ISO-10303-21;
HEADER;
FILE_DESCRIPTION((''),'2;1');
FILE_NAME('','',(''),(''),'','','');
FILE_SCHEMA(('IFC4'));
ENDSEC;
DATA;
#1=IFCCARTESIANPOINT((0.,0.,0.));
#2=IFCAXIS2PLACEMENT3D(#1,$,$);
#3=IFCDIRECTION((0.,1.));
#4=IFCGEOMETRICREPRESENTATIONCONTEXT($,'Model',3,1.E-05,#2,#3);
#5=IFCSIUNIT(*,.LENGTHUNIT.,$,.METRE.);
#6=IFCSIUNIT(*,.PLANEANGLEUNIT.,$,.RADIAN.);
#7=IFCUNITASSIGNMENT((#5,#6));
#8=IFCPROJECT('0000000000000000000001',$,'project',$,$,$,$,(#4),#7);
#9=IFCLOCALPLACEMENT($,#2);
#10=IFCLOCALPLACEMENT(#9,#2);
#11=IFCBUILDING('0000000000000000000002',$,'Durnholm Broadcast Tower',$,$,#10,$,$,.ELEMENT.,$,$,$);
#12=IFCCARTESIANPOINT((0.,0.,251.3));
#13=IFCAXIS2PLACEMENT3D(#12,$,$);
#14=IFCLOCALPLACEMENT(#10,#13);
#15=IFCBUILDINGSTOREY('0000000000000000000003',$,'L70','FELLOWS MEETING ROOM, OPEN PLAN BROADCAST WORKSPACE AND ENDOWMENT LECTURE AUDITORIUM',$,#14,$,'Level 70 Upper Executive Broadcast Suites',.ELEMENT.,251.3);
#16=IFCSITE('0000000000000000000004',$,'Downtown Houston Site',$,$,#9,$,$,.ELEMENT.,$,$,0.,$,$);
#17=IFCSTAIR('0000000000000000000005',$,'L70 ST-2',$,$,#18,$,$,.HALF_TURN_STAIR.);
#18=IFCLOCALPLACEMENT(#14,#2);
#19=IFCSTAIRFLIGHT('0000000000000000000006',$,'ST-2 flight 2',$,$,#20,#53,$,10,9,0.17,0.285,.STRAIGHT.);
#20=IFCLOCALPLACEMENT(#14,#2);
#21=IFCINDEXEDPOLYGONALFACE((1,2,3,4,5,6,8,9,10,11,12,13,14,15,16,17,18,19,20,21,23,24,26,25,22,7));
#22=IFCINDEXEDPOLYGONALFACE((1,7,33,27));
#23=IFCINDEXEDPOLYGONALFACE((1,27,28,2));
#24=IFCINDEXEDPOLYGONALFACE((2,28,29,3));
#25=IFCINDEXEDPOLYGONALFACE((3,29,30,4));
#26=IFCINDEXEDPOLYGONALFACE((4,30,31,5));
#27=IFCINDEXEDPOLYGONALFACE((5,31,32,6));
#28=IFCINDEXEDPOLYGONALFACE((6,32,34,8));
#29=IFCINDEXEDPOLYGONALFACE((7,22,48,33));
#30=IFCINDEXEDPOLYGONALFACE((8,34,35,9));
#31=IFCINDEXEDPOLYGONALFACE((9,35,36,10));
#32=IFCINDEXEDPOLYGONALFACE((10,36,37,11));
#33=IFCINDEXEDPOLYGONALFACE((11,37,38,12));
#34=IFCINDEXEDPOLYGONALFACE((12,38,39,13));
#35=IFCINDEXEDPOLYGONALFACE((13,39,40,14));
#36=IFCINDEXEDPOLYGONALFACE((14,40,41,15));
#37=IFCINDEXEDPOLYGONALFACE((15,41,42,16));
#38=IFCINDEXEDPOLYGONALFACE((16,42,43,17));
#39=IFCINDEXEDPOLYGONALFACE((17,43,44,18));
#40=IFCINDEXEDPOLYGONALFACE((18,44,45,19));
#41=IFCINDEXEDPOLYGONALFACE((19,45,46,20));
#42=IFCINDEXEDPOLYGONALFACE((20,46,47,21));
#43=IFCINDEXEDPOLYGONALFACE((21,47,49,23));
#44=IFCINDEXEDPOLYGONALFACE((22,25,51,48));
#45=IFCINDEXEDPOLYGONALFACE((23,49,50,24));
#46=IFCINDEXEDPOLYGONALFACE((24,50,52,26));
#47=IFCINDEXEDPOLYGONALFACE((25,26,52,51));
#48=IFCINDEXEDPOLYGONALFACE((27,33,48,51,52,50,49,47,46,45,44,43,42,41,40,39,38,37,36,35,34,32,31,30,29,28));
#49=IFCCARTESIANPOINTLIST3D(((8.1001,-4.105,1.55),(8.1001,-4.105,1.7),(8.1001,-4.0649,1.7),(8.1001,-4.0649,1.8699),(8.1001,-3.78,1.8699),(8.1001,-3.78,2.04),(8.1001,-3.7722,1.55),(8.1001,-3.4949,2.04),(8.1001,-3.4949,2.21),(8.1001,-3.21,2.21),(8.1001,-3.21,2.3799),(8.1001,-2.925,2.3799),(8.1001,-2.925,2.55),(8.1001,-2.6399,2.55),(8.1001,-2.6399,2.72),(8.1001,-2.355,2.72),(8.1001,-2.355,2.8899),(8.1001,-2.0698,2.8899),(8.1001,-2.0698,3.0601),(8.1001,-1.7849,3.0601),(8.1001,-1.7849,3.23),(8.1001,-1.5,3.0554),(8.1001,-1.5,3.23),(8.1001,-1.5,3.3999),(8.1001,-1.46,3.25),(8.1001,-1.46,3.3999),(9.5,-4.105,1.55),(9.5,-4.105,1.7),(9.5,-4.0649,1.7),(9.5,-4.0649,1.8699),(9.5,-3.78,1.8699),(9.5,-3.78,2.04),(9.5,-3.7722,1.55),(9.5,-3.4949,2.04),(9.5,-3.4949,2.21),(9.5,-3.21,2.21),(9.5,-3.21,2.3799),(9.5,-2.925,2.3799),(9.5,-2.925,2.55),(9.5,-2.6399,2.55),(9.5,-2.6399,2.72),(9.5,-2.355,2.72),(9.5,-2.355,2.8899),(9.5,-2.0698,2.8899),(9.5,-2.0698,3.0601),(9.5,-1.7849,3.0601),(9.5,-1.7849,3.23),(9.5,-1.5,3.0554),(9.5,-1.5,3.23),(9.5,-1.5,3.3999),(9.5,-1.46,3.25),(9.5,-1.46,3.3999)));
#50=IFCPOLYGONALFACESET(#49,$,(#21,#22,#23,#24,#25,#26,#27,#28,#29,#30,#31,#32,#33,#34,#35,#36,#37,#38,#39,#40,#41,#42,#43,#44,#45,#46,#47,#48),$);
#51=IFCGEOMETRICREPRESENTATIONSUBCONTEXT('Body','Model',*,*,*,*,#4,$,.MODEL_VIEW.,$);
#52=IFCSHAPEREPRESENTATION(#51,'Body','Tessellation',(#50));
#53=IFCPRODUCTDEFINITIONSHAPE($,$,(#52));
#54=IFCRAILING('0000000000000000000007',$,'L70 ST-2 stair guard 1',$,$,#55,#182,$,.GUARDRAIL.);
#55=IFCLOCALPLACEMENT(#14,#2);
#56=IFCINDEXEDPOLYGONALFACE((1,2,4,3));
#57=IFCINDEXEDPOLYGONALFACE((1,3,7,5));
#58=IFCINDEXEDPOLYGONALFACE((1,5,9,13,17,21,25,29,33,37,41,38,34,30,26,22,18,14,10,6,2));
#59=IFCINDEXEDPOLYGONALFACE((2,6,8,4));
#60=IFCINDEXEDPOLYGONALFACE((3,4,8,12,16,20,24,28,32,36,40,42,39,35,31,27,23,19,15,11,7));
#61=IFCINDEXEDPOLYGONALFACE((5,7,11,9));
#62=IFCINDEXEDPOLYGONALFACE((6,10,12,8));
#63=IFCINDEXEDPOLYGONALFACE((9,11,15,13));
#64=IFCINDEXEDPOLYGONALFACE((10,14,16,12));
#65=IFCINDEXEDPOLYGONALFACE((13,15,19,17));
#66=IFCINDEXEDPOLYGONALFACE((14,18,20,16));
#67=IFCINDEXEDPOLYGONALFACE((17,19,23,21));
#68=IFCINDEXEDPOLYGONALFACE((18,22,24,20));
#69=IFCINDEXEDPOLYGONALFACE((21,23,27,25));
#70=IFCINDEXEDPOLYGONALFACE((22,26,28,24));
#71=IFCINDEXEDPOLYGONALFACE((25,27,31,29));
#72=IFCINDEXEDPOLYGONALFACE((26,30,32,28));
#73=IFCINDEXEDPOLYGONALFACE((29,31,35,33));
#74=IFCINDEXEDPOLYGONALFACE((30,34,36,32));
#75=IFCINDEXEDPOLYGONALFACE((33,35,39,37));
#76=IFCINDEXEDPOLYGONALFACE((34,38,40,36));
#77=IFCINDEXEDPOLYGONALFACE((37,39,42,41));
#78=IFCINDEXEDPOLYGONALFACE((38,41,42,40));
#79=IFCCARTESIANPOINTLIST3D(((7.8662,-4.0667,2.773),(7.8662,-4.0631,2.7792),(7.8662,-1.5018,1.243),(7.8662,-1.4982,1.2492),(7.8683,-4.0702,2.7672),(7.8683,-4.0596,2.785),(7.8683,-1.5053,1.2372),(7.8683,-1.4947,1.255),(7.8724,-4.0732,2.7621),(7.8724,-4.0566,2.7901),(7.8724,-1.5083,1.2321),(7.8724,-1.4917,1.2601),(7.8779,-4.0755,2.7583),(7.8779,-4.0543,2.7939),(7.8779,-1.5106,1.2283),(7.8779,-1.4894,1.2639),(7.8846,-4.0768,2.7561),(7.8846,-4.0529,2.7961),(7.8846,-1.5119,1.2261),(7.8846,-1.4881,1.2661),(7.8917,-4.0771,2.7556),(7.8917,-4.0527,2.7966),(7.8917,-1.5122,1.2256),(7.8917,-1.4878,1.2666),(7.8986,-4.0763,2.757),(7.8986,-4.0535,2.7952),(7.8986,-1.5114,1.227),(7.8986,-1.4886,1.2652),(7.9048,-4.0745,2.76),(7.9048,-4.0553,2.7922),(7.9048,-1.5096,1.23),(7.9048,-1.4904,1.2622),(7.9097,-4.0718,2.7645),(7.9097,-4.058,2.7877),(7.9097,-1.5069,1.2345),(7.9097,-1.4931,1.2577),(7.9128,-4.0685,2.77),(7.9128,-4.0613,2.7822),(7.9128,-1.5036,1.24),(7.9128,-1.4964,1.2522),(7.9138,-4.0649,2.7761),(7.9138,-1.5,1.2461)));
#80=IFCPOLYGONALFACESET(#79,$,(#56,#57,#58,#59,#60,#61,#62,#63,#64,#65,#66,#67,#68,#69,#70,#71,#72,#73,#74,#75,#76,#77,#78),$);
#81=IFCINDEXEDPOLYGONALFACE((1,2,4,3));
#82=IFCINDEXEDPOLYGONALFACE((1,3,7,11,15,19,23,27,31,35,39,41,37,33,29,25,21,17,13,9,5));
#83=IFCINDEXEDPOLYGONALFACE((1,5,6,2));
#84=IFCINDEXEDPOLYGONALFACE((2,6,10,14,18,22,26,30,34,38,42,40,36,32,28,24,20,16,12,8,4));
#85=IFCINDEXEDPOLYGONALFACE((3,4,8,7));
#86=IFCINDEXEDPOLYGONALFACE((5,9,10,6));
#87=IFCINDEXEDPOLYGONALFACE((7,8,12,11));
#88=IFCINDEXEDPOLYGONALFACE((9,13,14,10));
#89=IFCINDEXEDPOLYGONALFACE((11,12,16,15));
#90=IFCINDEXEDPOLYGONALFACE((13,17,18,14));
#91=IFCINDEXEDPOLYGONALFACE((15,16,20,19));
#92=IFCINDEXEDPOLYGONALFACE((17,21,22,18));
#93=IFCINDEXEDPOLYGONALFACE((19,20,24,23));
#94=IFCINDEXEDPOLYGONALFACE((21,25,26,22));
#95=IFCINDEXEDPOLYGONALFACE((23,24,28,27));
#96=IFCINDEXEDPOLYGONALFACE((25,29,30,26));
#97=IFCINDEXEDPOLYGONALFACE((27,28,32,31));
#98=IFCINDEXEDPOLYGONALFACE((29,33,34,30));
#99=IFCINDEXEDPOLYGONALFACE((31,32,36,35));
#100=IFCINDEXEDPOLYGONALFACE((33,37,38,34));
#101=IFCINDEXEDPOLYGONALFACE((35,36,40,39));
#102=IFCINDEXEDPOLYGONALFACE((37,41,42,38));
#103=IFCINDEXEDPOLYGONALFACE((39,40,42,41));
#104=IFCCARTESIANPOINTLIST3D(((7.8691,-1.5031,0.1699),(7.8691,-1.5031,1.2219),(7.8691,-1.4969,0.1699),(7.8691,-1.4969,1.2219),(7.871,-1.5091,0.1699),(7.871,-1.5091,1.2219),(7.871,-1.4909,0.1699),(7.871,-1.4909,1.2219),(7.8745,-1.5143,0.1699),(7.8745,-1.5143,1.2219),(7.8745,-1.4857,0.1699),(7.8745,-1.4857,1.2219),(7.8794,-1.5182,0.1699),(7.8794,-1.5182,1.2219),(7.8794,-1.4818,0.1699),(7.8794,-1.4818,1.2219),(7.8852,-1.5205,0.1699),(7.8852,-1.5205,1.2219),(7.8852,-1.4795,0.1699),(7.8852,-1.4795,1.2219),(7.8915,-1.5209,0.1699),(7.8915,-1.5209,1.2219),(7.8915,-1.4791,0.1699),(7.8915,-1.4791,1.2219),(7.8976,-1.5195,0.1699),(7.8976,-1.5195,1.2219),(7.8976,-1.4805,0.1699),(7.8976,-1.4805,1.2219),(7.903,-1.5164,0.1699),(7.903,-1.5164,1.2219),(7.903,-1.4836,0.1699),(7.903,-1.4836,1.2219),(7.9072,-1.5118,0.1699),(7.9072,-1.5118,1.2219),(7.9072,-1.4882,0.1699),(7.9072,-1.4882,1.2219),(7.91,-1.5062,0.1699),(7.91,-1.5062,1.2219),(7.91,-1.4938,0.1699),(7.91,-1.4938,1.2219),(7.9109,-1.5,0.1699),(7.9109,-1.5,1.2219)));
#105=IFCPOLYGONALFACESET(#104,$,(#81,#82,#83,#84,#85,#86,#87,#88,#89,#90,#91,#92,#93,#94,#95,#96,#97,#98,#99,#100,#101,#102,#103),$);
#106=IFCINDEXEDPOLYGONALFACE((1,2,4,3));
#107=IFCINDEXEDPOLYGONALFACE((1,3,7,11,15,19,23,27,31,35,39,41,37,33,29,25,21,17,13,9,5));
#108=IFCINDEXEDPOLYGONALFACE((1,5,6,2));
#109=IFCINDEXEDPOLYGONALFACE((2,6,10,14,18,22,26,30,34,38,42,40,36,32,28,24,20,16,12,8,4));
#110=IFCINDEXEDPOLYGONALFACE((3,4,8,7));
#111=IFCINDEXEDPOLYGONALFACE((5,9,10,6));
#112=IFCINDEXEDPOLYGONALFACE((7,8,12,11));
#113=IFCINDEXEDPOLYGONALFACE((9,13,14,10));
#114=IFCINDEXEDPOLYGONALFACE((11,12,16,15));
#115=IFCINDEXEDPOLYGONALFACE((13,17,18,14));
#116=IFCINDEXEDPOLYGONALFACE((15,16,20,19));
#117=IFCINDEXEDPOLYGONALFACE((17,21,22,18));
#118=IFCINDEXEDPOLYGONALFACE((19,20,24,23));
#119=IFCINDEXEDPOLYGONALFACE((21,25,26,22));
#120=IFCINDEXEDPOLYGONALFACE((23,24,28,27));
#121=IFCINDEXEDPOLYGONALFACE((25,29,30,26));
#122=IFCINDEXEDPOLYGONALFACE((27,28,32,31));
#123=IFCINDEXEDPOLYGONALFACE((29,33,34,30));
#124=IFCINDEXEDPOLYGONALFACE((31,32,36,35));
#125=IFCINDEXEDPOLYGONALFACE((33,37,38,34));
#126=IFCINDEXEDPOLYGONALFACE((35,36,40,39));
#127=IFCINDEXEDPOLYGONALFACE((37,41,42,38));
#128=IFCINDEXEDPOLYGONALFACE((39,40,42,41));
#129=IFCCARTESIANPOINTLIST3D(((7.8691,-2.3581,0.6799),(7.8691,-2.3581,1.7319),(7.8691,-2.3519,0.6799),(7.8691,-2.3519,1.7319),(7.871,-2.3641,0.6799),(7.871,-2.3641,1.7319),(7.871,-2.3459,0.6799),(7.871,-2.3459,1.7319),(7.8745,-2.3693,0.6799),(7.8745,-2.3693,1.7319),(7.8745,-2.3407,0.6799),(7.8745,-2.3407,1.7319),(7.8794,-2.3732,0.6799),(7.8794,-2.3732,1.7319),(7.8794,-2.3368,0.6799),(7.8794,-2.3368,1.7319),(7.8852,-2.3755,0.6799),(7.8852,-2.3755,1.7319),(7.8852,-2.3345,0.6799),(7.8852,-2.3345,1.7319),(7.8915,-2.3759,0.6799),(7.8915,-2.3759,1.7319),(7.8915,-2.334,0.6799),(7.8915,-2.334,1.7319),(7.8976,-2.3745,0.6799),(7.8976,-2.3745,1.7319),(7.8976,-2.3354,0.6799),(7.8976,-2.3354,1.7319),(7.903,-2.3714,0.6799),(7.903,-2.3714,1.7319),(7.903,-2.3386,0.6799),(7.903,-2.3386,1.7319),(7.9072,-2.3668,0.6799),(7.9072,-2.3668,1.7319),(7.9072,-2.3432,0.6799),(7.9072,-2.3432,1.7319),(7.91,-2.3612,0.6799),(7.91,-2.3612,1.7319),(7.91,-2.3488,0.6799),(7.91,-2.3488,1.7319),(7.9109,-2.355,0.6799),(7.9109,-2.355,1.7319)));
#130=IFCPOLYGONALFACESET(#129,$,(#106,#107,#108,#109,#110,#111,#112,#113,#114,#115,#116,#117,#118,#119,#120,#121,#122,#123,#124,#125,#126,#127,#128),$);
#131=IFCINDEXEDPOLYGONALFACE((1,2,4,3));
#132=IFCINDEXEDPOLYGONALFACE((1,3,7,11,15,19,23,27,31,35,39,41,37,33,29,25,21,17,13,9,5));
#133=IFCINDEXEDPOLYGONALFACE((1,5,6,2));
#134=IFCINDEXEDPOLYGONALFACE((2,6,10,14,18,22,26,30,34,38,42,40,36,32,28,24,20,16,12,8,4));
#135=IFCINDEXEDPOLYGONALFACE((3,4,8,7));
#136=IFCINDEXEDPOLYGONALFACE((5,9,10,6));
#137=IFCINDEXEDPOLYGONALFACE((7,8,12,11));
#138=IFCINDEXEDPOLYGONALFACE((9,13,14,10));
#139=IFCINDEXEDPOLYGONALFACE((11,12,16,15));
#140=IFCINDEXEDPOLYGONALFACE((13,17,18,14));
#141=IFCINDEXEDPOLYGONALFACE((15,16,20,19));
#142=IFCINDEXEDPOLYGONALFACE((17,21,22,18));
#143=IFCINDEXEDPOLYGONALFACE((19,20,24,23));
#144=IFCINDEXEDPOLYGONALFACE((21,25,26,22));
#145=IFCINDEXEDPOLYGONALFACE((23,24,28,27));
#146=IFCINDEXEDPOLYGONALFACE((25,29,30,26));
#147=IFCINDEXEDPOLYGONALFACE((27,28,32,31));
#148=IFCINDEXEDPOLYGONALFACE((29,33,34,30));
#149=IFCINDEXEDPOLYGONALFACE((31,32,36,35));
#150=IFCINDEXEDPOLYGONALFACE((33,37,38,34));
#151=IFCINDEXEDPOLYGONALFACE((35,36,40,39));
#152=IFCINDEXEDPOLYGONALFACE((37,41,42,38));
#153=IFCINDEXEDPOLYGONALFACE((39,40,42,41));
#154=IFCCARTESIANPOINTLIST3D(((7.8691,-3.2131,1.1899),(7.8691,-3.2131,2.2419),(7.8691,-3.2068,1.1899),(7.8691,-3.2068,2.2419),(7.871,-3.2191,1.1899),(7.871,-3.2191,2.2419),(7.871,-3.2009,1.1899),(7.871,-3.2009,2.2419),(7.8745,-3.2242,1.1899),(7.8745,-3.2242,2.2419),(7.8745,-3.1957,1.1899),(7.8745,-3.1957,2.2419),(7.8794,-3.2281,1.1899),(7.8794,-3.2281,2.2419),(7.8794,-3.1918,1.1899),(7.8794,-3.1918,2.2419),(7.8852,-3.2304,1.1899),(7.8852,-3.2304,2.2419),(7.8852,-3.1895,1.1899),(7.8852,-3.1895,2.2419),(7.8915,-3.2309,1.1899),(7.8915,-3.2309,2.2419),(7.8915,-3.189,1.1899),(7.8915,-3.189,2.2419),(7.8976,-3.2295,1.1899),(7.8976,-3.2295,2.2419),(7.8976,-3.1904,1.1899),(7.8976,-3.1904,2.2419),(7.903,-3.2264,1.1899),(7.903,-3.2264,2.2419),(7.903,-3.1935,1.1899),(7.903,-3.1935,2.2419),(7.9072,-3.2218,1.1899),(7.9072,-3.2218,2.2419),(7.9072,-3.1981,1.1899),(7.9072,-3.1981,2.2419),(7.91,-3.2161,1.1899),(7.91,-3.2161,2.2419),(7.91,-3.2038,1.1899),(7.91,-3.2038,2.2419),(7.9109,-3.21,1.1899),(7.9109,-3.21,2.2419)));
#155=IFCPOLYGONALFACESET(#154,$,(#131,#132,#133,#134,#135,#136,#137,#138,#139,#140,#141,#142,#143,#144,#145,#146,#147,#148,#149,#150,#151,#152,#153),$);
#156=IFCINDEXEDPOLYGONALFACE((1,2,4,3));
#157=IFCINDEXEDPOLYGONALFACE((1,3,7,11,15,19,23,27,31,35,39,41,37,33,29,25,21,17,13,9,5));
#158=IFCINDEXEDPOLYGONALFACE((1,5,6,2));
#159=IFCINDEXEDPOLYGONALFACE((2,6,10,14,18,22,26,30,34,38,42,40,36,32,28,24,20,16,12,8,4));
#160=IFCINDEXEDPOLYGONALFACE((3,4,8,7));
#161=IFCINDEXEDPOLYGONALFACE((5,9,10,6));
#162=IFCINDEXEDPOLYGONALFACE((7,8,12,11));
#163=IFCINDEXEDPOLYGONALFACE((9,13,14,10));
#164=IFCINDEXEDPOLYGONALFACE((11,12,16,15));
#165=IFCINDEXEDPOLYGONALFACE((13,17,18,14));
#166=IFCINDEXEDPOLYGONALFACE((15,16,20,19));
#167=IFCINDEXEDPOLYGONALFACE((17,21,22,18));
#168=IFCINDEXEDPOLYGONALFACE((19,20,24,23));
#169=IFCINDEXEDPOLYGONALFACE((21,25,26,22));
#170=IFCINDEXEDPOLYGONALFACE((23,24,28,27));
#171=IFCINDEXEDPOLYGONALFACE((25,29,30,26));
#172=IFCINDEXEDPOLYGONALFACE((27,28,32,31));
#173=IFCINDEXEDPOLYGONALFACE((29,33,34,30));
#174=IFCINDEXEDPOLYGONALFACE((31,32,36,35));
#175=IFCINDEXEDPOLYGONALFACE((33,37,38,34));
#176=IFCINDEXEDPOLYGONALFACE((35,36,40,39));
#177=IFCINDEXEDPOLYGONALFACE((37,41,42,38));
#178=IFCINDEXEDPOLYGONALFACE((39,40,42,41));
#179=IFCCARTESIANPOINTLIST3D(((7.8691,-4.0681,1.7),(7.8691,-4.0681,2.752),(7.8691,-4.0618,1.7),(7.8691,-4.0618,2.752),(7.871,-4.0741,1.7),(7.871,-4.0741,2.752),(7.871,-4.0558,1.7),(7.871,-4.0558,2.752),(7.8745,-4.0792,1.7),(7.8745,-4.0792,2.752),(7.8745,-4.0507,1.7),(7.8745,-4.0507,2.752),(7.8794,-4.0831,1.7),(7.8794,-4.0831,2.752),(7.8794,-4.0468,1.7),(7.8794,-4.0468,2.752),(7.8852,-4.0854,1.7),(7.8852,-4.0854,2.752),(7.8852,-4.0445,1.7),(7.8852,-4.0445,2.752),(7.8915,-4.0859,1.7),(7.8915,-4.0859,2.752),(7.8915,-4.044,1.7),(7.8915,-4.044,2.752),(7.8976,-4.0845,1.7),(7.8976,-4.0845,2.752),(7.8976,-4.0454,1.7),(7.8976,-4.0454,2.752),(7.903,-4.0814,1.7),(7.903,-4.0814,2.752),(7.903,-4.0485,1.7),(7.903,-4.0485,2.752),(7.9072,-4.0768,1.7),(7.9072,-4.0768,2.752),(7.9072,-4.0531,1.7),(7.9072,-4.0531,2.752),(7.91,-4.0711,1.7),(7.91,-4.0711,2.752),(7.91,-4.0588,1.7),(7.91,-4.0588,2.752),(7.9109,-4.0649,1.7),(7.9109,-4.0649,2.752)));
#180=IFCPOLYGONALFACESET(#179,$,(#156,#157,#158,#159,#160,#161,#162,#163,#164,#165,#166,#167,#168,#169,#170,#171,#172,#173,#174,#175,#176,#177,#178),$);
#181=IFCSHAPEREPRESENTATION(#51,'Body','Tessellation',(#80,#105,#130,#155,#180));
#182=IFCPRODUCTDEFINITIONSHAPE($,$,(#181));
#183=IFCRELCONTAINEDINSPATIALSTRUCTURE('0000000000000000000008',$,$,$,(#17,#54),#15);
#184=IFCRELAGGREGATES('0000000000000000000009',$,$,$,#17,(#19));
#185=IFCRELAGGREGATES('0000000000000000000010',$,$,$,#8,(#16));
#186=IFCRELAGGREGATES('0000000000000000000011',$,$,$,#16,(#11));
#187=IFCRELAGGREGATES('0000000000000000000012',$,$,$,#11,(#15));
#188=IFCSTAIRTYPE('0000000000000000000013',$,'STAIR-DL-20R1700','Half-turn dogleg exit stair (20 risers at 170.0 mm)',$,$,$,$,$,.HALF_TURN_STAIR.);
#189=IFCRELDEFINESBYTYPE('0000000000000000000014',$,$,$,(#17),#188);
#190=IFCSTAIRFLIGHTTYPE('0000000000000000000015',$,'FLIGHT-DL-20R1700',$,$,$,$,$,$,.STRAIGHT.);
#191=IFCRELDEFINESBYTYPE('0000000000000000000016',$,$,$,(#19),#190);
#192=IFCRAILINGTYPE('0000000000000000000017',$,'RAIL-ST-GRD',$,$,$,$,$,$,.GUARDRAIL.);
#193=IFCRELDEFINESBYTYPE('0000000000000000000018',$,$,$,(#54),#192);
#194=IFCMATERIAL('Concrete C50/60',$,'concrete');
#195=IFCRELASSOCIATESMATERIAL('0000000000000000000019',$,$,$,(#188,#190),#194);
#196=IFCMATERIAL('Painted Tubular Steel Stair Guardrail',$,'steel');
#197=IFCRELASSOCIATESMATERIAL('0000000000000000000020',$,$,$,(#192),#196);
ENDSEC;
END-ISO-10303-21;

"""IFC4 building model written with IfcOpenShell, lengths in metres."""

from ifc_helpers import new_model, si_unit, direction, frame, origin, origin_2d, place, context, subcontext, project, spatial, polyline, circle, outline, extrude, material, type_object, element, aggregate, save


model = new_model("IFC4")

# Units and contexts
model_context = context("Model", 3, precision=1e-05, world=origin(), true_north=direction((0.0, 1.0)))
body_context = subcontext(model_context, "Body", "Model", "MODEL_VIEW")
ifc_project = project(units=[si_unit("LENGTHUNIT", "METRE"), si_unit("PLANEANGLEUNIT", "RADIAN")], contexts=[model_context])

# Site, building, storey
site_placement = place(None, origin())
site = spatial("IfcSite", under=ifc_project, at=site_placement, Name="Downtown Houston Site", CompositionType="ELEMENT", RefElevation=0.0)
building_placement = place(site_placement, origin())
building = spatial("IfcBuilding", under=site, at=building_placement, Name="Durnholm Broadcast Tower", CompositionType="ELEMENT")
storey_placement = place(building_placement, frame((0.0, 0.0, 251.3)))
storey = spatial("IfcBuildingStorey", under=building, at=storey_placement, Name="L70", Description="FELLOWS MEETING ROOM, OPEN PLAN BROADCAST WORKSPACE AND ENDOWMENT LECTURE AUDITORIUM", LongName="Level 70 Upper Executive Broadcast Suites", CompositionType="ELEMENT", Elevation=251.3)

# Shared definitions
ifc_material_1 = material(Name="Concrete C50/60", Category="concrete")

# Stair, stair flight
stair_type = type_object("IfcStairType", Name="STAIR-DL-20R1700", Description="Half-turn dogleg exit stair (20 risers at 170.0 mm)", PredefinedType="HALF_TURN_STAIR", material=ifc_material_1)
stair_placement = place(storey_placement, origin())
stair = element("IfcStair", 1, at=stair_placement, inside=storey, type_object=stair_type, Name="L70 ST-2", PredefinedType="HALF_TURN_STAIR")
stair_flight_type = type_object("IfcStairFlightType", Name="FLIGHT-DL-20R1700", PredefinedType="STRAIGHT", material=ifc_material_1)
stair_flight_1_placement = place(storey_placement, frame((8.8, -4.0649, 1.7), z_axis=(0.0, 0.0, 1.0), x_axis=(0.0, 1.0, 0.0)))
stair_flight_1 = element("IfcStairFlight", 2, at=stair_flight_1_placement, type_object=stair_flight_type, Name="ST-2 flight 2", NumberOfRisers=10, NumberOfTreads=9, PredefinedType="STRAIGHT", RiserHeight=0.17, TreadLength=0.285, context=body_context, shape_type="SweptSolid", body=[
    extrude(outline(polyline([(-0.04, -0.1499), (-0.04, 0.0), (0.0, 0.0), (0.0, 0.1699), (0.2849, 0.1699), (0.2849, 0.3401), (0.5701, 0.3401), (0.5701, 0.51), (0.855, 0.51), (0.855, 0.6799), (1.1399, 0.6799), (1.1399, 0.8501), (1.425, 0.8501), (1.425, 1.02), (1.71, 1.02), (1.71, 1.1899), (1.9951, 1.1899), (1.9951, 1.3601), (2.28, 1.3601), (2.28, 1.53), (2.5649, 1.53), (2.5649, 1.7), (2.605, 1.7), (2.605, 1.55), (2.5649, 1.3555), (0.2927, -0.1499), (-0.04, -0.1499)])), frame((0.0, 0.7, 0.0), z_axis=(0.0, -1.0, 0.0), x_axis=(1.0, 0.0, 0.0)), (0.0, 0.0, 1.0), 1.3999),
])
aggregate(stair, [stair_flight_1])

# Railing
ifc_material_2 = material(Name="Painted Tubular Steel Stair Guardrail", Category="steel")
railing_type_1 = type_object("IfcRailingType", Name="RAIL-ST-GRD", PredefinedType="GUARDRAIL", material=ifc_material_2)
railing_1_placement = place(storey_placement, frame((7.8899, -1.5, 0.1699)))
element("IfcRailing", 3, at=railing_1_placement, inside=storey, type_object=railing_type_1, Name="L70 ST-2 stair guard 1", PredefinedType="GUARDRAIL", context=body_context, shape_type="SweptSolid", body=[
    extrude(circle(Radius=0.0239, at=origin_2d()), frame((0.0, 0.0, 1.0762), z_axis=(0.0, -0.85881, 0.512294), x_axis=(1.0, 0.0, 0.0)), (0.0, 0.0, 1.0), 2.9866),
    extrude(circle(Radius=0.021, at=origin_2d()), origin(), (0.0, 0.0, 1.0), 1.052),
    extrude(circle(Radius=0.021, at=origin_2d()), frame((0.0, -0.855, 0.51)), (0.0, 0.0, 1.0), 1.052),
    extrude(circle(Radius=0.021, at=origin_2d()), frame((0.0, -1.71, 1.02)), (0.0, 0.0, 1.0), 1.052),
    extrude(circle(Radius=0.021, at=origin_2d()), frame((0.0, -2.5649, 1.53)), (0.0, 0.0, 1.0), 1.052),
])

save(model, "model.ifc")
